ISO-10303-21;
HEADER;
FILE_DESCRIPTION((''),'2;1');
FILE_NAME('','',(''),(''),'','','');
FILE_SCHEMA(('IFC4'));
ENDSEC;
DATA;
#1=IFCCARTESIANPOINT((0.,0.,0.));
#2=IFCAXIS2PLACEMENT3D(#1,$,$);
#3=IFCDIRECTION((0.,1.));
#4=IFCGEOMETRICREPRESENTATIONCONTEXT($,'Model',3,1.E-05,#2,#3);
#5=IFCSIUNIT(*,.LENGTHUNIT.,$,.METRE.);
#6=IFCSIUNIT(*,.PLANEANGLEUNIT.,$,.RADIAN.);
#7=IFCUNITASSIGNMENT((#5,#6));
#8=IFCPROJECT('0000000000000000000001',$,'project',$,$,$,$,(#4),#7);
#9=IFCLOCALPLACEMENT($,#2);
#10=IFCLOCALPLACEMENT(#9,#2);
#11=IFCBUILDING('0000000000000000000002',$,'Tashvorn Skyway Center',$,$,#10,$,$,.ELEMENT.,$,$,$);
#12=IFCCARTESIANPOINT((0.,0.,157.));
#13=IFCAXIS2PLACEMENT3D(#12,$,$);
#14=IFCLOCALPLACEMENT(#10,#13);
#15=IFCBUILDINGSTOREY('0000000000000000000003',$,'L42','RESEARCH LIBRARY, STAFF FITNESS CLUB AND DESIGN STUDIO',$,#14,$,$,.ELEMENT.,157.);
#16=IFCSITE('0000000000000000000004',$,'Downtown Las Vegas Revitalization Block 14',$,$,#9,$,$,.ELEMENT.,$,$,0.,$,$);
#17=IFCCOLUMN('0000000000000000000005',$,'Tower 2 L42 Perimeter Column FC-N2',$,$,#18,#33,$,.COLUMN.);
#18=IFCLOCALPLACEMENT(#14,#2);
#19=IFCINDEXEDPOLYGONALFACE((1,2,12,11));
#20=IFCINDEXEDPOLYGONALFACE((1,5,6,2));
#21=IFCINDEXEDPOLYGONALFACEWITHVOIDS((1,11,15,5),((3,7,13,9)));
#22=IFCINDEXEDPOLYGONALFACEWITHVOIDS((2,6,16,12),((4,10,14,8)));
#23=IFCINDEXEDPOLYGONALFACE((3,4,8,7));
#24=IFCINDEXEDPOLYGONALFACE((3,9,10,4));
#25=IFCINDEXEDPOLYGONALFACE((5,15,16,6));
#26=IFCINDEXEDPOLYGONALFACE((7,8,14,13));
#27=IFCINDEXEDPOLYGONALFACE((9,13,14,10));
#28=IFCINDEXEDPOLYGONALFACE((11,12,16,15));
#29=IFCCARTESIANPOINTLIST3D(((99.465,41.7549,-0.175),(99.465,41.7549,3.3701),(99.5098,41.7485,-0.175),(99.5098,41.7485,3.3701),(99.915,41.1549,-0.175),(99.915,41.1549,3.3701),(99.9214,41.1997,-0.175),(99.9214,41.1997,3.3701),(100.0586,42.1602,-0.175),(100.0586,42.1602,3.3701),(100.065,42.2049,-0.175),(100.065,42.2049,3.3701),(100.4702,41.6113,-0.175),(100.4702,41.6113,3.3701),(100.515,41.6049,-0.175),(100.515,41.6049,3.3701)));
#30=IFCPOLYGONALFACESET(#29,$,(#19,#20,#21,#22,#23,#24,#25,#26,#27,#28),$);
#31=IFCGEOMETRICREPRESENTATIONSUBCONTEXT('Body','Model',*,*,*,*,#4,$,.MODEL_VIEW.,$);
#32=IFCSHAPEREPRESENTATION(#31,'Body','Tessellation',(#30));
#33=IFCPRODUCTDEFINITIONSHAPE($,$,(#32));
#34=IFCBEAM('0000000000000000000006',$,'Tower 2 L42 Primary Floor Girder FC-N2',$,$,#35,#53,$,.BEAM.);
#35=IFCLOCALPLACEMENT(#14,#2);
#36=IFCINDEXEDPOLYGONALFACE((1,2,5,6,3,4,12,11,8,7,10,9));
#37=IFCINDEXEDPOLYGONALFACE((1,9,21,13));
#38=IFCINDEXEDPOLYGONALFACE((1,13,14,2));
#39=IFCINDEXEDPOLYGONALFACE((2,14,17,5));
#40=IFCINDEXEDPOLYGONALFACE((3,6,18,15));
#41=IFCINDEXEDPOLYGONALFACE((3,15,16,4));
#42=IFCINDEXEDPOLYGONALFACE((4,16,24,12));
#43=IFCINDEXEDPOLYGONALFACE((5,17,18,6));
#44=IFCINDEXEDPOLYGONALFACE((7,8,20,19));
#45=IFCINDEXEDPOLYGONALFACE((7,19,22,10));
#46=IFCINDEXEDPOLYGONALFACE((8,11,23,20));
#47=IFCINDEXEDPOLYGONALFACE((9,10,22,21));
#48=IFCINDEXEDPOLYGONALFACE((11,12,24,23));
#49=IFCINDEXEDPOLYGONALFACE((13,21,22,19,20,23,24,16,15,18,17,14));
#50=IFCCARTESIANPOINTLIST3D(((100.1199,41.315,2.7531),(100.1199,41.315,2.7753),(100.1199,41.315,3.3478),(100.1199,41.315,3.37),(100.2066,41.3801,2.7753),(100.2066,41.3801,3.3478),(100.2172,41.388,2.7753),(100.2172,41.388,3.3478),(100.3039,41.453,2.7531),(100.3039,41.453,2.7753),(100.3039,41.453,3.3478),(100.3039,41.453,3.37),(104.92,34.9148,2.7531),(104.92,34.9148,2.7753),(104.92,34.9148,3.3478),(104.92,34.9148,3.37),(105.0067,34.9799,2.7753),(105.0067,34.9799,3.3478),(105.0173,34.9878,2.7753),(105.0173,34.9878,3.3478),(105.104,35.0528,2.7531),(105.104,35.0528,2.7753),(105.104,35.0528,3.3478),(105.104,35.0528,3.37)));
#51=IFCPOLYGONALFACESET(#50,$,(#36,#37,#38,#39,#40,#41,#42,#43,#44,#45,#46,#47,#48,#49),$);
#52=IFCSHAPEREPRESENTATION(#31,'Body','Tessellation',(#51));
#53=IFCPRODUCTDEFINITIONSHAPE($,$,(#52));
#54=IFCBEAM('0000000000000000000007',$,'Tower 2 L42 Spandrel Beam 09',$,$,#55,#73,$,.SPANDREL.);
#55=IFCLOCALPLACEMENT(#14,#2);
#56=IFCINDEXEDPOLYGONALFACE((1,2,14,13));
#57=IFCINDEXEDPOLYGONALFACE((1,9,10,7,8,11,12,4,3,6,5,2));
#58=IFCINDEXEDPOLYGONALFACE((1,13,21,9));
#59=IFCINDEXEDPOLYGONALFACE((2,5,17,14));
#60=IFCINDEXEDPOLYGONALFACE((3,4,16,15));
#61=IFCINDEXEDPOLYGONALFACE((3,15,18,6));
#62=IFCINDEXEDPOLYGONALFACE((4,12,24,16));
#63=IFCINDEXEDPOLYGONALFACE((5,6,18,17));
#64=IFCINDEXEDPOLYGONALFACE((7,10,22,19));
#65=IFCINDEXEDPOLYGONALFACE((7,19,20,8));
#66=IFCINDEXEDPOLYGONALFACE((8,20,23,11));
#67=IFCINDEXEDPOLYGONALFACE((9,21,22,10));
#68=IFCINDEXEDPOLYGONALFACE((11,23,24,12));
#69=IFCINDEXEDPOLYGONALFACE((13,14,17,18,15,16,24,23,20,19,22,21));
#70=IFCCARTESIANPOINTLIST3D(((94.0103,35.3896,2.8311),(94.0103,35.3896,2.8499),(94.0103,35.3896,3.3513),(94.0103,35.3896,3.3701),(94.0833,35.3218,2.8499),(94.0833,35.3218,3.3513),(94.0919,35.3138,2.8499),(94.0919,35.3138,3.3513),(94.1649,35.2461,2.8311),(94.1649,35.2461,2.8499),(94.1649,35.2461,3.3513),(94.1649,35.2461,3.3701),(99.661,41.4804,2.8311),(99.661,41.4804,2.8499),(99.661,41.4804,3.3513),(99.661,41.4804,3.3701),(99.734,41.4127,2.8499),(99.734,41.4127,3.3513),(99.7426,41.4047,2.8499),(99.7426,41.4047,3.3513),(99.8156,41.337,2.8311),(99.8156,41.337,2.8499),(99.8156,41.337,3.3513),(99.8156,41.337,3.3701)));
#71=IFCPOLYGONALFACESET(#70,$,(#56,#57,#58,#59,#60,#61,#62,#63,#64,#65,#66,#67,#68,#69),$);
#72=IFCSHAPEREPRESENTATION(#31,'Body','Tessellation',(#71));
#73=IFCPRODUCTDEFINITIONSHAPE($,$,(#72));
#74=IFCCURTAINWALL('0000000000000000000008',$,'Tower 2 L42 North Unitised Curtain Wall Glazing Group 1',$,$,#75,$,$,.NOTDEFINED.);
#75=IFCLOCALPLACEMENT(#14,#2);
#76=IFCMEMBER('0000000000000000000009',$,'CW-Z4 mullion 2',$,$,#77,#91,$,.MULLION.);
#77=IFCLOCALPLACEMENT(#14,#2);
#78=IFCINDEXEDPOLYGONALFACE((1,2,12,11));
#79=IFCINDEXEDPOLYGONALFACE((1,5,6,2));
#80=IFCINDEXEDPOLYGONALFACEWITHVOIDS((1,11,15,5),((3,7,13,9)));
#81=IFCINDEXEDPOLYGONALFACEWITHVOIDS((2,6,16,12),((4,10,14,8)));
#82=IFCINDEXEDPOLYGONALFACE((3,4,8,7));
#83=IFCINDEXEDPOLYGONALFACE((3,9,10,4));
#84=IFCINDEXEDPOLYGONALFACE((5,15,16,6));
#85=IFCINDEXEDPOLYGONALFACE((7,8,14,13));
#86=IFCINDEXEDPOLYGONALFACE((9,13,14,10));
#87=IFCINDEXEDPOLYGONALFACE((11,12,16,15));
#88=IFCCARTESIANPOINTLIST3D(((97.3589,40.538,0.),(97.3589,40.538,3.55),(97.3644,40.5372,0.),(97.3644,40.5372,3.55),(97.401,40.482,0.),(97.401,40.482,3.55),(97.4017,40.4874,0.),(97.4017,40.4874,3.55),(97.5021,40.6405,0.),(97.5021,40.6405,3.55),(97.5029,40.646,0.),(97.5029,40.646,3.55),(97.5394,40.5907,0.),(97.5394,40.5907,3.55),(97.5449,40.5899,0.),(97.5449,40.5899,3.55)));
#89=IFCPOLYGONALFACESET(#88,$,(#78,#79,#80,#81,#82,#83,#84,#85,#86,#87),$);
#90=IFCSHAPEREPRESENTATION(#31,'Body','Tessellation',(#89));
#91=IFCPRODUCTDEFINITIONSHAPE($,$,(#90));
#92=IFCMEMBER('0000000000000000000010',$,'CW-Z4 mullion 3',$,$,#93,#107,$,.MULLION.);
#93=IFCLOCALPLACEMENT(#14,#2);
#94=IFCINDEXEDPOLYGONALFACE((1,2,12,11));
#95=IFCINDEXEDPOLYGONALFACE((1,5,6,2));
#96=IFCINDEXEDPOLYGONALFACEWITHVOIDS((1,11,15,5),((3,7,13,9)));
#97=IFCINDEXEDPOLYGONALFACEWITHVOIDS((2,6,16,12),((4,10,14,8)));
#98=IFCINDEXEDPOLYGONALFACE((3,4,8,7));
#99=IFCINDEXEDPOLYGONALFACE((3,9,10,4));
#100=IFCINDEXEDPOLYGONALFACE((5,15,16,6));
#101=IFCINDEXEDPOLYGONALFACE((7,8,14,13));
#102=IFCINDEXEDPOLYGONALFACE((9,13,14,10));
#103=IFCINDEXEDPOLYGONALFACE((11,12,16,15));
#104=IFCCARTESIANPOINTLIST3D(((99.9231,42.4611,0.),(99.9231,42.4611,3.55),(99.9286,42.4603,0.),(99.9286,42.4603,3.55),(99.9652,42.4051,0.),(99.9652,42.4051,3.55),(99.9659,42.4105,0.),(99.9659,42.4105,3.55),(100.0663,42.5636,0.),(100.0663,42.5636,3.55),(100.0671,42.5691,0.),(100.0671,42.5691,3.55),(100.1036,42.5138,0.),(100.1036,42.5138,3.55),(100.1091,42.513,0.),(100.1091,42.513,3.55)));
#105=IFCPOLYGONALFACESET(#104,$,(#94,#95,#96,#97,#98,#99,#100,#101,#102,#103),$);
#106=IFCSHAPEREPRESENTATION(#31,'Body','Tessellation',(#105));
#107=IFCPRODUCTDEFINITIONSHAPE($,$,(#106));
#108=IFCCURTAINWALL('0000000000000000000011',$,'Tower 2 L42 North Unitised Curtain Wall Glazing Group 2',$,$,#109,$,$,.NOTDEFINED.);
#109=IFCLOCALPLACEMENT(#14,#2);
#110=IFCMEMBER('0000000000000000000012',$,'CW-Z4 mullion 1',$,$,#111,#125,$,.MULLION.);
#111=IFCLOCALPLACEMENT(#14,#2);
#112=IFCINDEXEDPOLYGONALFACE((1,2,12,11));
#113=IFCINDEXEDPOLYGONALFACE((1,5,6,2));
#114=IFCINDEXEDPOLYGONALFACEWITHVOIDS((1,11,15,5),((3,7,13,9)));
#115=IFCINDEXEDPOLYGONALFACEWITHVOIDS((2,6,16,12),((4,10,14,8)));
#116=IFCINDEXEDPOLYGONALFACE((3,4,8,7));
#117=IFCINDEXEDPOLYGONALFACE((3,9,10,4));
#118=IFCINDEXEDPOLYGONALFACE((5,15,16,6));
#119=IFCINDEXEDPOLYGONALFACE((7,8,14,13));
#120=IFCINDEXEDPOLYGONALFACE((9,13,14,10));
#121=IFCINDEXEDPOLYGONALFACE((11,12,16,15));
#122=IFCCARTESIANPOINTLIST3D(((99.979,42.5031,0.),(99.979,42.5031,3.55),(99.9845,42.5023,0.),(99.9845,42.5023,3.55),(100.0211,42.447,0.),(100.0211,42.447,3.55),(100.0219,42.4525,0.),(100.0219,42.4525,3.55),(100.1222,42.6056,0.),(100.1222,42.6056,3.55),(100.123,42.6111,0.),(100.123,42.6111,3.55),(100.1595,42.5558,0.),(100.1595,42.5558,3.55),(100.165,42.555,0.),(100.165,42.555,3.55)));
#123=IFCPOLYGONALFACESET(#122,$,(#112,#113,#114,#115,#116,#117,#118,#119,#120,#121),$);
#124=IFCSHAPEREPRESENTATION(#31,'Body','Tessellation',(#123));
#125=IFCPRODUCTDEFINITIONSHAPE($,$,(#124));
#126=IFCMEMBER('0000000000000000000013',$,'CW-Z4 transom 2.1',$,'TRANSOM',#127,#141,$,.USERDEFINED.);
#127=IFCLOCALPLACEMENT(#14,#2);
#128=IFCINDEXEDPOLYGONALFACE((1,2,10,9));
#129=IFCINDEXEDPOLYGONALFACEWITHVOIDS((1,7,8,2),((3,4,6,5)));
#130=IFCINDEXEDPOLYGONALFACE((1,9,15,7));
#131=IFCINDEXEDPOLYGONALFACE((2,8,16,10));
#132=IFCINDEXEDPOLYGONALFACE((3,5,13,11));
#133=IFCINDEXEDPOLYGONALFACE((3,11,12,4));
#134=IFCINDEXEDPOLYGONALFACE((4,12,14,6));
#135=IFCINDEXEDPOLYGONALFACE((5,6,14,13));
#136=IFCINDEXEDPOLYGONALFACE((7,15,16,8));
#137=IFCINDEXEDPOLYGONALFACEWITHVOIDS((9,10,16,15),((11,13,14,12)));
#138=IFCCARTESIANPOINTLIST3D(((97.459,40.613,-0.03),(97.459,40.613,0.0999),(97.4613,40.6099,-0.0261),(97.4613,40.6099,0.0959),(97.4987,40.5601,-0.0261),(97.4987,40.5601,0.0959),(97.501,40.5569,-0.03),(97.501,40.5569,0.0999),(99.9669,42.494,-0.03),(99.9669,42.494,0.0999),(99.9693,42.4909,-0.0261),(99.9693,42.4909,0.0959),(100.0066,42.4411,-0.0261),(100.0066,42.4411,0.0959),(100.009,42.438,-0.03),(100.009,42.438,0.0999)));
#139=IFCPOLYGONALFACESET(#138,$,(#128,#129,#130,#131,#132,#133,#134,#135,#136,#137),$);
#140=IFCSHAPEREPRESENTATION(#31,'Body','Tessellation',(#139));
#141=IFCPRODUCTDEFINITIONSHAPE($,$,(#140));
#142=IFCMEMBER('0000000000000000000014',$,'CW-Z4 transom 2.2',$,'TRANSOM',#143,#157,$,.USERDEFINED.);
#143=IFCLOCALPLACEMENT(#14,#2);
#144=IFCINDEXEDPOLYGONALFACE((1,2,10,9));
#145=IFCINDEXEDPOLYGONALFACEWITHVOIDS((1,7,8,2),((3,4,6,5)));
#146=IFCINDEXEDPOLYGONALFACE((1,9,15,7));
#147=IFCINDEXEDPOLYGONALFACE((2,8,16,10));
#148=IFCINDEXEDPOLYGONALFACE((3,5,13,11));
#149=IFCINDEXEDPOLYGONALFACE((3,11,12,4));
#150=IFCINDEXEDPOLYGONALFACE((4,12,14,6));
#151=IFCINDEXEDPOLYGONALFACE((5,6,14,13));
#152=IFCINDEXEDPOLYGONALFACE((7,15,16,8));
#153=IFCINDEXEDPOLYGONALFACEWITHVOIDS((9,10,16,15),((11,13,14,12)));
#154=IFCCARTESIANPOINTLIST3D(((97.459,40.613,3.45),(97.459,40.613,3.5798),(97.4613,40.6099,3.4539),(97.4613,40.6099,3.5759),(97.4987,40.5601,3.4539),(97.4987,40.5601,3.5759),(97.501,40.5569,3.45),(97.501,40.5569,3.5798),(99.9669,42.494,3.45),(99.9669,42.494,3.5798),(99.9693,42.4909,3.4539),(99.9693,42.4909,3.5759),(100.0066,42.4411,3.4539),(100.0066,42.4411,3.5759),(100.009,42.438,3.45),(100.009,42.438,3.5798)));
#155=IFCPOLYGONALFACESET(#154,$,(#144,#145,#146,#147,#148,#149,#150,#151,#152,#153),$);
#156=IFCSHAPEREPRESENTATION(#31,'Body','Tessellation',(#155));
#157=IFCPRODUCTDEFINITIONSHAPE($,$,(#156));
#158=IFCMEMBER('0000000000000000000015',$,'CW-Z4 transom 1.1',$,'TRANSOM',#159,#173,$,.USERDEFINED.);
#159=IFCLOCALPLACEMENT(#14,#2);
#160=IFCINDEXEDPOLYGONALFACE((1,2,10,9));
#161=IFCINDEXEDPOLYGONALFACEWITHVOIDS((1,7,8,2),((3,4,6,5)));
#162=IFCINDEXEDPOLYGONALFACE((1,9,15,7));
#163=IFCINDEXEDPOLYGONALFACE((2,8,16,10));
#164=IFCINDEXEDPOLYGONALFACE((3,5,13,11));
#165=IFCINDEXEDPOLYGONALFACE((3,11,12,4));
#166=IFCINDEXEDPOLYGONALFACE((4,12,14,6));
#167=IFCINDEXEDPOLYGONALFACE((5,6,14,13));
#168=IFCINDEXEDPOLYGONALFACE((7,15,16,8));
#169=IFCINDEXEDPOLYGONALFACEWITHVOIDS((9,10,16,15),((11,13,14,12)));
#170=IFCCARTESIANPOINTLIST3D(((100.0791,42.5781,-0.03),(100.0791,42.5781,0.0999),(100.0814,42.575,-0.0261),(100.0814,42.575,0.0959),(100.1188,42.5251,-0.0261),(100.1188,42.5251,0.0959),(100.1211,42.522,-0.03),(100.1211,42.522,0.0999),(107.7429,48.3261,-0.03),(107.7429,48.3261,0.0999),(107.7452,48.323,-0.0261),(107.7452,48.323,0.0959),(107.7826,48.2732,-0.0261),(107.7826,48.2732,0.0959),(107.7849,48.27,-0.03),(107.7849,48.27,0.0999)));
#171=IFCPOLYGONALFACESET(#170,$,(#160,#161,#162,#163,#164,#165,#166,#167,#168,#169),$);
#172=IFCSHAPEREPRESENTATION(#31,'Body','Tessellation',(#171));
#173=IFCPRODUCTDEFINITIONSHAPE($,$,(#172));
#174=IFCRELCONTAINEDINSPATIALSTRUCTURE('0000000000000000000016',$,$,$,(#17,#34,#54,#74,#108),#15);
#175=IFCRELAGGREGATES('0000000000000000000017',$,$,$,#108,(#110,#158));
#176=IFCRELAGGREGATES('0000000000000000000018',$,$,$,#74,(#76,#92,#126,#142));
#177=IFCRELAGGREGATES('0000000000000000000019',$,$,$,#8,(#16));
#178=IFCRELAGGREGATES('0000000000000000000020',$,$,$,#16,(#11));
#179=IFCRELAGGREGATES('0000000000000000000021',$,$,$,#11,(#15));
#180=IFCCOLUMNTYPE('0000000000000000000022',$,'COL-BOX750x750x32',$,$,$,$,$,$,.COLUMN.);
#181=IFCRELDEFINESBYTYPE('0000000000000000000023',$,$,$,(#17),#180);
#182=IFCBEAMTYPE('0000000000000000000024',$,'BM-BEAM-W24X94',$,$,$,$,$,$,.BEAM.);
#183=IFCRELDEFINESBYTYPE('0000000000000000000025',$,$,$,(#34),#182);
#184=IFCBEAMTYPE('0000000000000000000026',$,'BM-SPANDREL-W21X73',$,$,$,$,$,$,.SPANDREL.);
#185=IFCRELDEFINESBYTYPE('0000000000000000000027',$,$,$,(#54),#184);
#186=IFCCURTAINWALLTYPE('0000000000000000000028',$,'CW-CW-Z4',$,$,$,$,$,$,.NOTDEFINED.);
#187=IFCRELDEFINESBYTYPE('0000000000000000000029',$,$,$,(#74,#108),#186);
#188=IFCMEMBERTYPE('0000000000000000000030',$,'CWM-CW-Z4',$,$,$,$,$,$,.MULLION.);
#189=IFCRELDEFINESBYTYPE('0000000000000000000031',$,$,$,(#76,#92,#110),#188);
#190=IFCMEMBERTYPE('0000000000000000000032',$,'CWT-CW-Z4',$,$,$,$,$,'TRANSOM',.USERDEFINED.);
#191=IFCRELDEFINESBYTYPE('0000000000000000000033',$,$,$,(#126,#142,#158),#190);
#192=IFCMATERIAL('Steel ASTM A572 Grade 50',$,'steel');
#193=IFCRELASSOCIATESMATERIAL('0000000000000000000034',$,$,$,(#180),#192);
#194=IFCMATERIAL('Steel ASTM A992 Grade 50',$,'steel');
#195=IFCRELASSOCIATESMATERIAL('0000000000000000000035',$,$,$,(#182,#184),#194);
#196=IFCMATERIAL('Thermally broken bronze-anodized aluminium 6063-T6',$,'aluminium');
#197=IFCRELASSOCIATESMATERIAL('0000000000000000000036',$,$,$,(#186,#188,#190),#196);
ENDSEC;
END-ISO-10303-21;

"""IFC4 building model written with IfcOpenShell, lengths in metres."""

from ifc_helpers import new_model, si_unit, direction, frame, origin, origin_2d, place, context, subcontext, project, spatial, hollow_rectangle, i_section, extrude, material, material_profile, profile_set, type_object, element, aggregate, save


model = new_model("IFC4")

# Units and contexts
model_context = context("Model", 3, precision=1e-05, world=origin(), true_north=direction((0.0, 1.0)))
body_context = subcontext(model_context, "Body", "Model", "MODEL_VIEW")
ifc_project = project(units=[si_unit("LENGTHUNIT", "METRE"), si_unit("PLANEANGLEUNIT", "RADIAN")], contexts=[model_context])

# Site, building, storey
site_placement = place(None, origin())
site = spatial("IfcSite", under=ifc_project, at=site_placement, Name="Downtown Las Vegas Revitalization Block 14", CompositionType="ELEMENT", RefElevation=0.0)
building_placement = place(site_placement, origin())
building = spatial("IfcBuilding", under=site, at=building_placement, Name="Tashvorn Skyway Center", CompositionType="ELEMENT")
storey_placement = place(building_placement, frame((0.0, 0.0, 157.0)))
storey = spatial("IfcBuildingStorey", under=building, at=storey_placement, Name="L42", Description="RESEARCH LIBRARY, STAFF FITNESS CLUB AND DESIGN STUDIO", CompositionType="ELEMENT", Elevation=157.0)

# Column
ifc_material_1 = material(Name="Steel ASTM A572 Grade 50", Category="steel")
ifc_material_profile_1 = material_profile(ifc_material_1, hollow_rectangle(XDim=0.75, YDim=0.75, WallThickness=0.032, at=origin_2d()), Name="BOX750x750x32")
ifc_profile_set_1 = profile_set([ifc_material_profile_1], Name="Steel ASTM A572 Grade 50")
column_type = type_object("IfcColumnType", Name="COL-BOX750x750x32", PredefinedType="COLUMN", material=ifc_profile_set_1)
column_placement = place(storey_placement, frame((99.99, 41.6799, -0.175), z_axis=(0.0, 0.0, 1.0), x_axis=(0.8, 0.6, 0.0)))
element("IfcColumn", 1, at=column_placement, inside=storey, type_object=column_type, Name="Tower 2 L42 Perimeter Column FC-N2", PredefinedType="COLUMN", context=body_context, shape_type="SweptSolid", body=[
    extrude(hollow_rectangle(XDim=0.75, YDim=0.75, WallThickness=0.032, at=origin_2d()), origin(), (0.0, 0.0, 1.0), 3.5452),
])

# Beams
ifc_material_2 = material(Name="Steel ASTM A992 Grade 50", Category="steel")
ifc_material_profile_2 = material_profile(ifc_material_2, i_section(OverallWidth=0.23, OverallDepth=0.6169, WebThickness=0.0132, FlangeThickness=0.0222, at=origin_2d()), Name="W24X94")
ifc_profile_set_2 = profile_set([ifc_material_profile_2], Name="Steel ASTM A992 Grade 50")
beam_type_1 = type_object("IfcBeamType", Name="BM-BEAM-W24X94", PredefinedType="BEAM", material=ifc_profile_set_2)
beam_1_placement = place(storey_placement, frame((100.2119, 41.384, 3.0615), z_axis=(0.599995, -0.800004, 0.0), x_axis=(0.800004, 0.599995, 0.0)))
element("IfcBeam", 2, at=beam_1_placement, inside=storey, type_object=beam_type_1, Name="Tower 2 L42 Primary Floor Girder FC-N2", PredefinedType="BEAM", context=body_context, shape_type="SweptSolid", body=[
    extrude(i_section(OverallWidth=0.23, OverallDepth=0.6169, WebThickness=0.0132, FlangeThickness=0.0222, at=origin_2d()), origin(), (0.0, 0.0, 1.0), 8.0002),
])
ifc_material_profile_3 = material_profile(ifc_material_2, i_section(OverallWidth=0.2109, OverallDepth=0.5391, WebThickness=0.0117, FlangeThickness=0.0188, at=origin_2d()), Name="W21X73")
ifc_profile_set_3 = profile_set([ifc_material_profile_3], Name="Steel ASTM A992 Grade 50")
beam_type_2 = type_object("IfcBeamType", Name="BM-SPANDREL-W21X73", PredefinedType="SPANDREL", material=ifc_profile_set_3)
beam_2_placement = place(storey_placement, frame((99.7383, 41.4087, 3.1006), z_axis=(-0.68012, -0.733101, 0.0), x_axis=(0.733101, -0.68012, 0.0)))
element("IfcBeam", 3, at=beam_2_placement, inside=storey, type_object=beam_type_2, Name="Tower 2 L42 Spandrel Beam 09", PredefinedType="SPANDREL", context=body_context, shape_type="SweptSolid", body=[
    extrude(i_section(OverallWidth=0.2109, OverallDepth=0.5391, WebThickness=0.0117, FlangeThickness=0.0188, at=origin_2d()), origin(), (0.0, 0.0, 1.0), 8.3083),
])

# Curtain wall, members
ifc_material_3 = material(Name="Thermally broken bronze-anodized aluminium 6063-T6", Category="aluminium")
curtain_wall_type = type_object("IfcCurtainWallType", Name="CW-CW-Z4", PredefinedType="NOTDEFINED", material=ifc_material_3)
curtain_wall_1_placement = place(storey_placement, origin())
curtain_wall_1 = element("IfcCurtainWall", 4, at=curtain_wall_1_placement, inside=storey, type_object=curtain_wall_type, Name="Tower 2 L42 North Unitised Curtain Wall Glazing Group 1", PredefinedType="NOTDEFINED")
ifc_material_profile_4 = material_profile(ifc_material_3, hollow_rectangle(XDim=0.0701, YDim=0.1799, WallThickness=0.0039, at=origin_2d()), Name="ALU-MULL-70x180")
ifc_profile_set_4 = profile_set([ifc_material_profile_4], Name="Thermally broken bronze-anodized aluminium 6063-T6")
member_type_1 = type_object("IfcMemberType", Name="CWM-CW-Z4", PredefinedType="MULLION", material=ifc_profile_set_4)
member_1_placement = place(storey_placement, frame((97.4519, 40.564, 0.0), z_axis=(0.0, 0.0, 1.0), x_axis=(-0.6, 0.8, 0.0)))
member_1 = element("IfcMember", 5, at=member_1_placement, type_object=member_type_1, Name="CW-Z4 mullion 2", PredefinedType="MULLION", context=body_context, shape_type="SweptSolid", body=[
    extrude(hollow_rectangle(XDim=0.0701, YDim=0.1799, WallThickness=0.0039, at=origin_2d()), origin(), (0.0, 0.0, 1.0), 3.55),
])
member_2_placement = place(storey_placement, frame((100.0161, 42.4871, 0.0), z_axis=(0.0, 0.0, 1.0), x_axis=(-0.6, 0.8, 0.0)))
member_2 = element("IfcMember", 6, at=member_2_placement, type_object=member_type_1, Name="CW-Z4 mullion 3", PredefinedType="MULLION", context=body_context, shape_type="SweptSolid", body=[
    extrude(hollow_rectangle(XDim=0.0701, YDim=0.1799, WallThickness=0.0039, at=origin_2d()), origin(), (0.0, 0.0, 1.0), 3.55),
])

# Curtain wall, member
curtain_wall_2_placement = place(storey_placement, origin())
curtain_wall_2 = element("IfcCurtainWall", 7, at=curtain_wall_2_placement, inside=storey, type_object=curtain_wall_type, Name="Tower 2 L42 North Unitised Curtain Wall Glazing Group 2", PredefinedType="NOTDEFINED")
member_3_placement = place(storey_placement, frame((100.072, 42.5291, 0.0), z_axis=(0.0, 0.0, 1.0), x_axis=(-0.6, 0.8, 0.0)))
member_3 = element("IfcMember", 8, at=member_3_placement, type_object=member_type_1, Name="CW-Z4 mullion 1", PredefinedType="MULLION", context=body_context, shape_type="SweptSolid", body=[
    extrude(hollow_rectangle(XDim=0.0701, YDim=0.1799, WallThickness=0.0039, at=origin_2d()), origin(), (0.0, 0.0, 1.0), 3.55),
])

# Members
ifc_material_profile_5 = material_profile(ifc_material_3, hollow_rectangle(XDim=0.0701, YDim=0.1299, WallThickness=0.0039, at=origin_2d()), Name="ALU-TRAN-70x130")
ifc_profile_set_5 = profile_set([ifc_material_profile_5], Name="Thermally broken bronze-anodized aluminium 6063-T6")
member_type_2 = type_object("IfcMemberType", Name="CWT-CW-Z4", ElementType="TRANSOM", PredefinedType="USERDEFINED", material=ifc_profile_set_5)
member_4_placement = place(storey_placement, frame((97.48, 40.585, 0.0349), z_axis=(0.799991, 0.600012, 0.0), x_axis=(-0.600012, 0.799991, 0.0)))
member_4 = element("IfcMember", 9, at=member_4_placement, type_object=member_type_2, Name="CW-Z4 transom 2.1", ObjectType="TRANSOM", PredefinedType="USERDEFINED", context=body_context, shape_type="SweptSolid", body=[
    extrude(hollow_rectangle(XDim=0.0701, YDim=0.1299, WallThickness=0.0039, at=origin_2d()), origin(), (0.0, 0.0, 1.0), 3.135),
])
member_5_placement = place(storey_placement, frame((97.48, 40.585, 3.5149), z_axis=(0.799991, 0.600012, 0.0), x_axis=(-0.600012, 0.799991, 0.0)))
member_5 = element("IfcMember", 10, at=member_5_placement, type_object=member_type_2, Name="CW-Z4 transom 2.2", ObjectType="TRANSOM", PredefinedType="USERDEFINED", context=body_context, shape_type="SweptSolid", body=[
    extrude(hollow_rectangle(XDim=0.0701, YDim=0.1299, WallThickness=0.0039, at=origin_2d()), origin(), (0.0, 0.0, 1.0), 3.135),
])
member_6_placement = place(storey_placement, frame((100.1001, 42.55, 0.0349), z_axis=(0.799991, 0.600012, 0.0), x_axis=(-0.600012, 0.799991, 0.0)))
member_6 = element("IfcMember", 11, at=member_6_placement, type_object=member_type_2, Name="CW-Z4 transom 1.1", ObjectType="TRANSOM", PredefinedType="USERDEFINED", context=body_context, shape_type="SweptSolid", body=[
    extrude(hollow_rectangle(XDim=0.0701, YDim=0.1299, WallThickness=0.0039, at=origin_2d()), origin(), (0.0, 0.0, 1.0), 9.5798),
])
aggregate(curtain_wall_2, [member_3, member_6])

aggregate(curtain_wall_1, [member_1, member_2, member_4, member_5])

save(model, "model.ifc")
